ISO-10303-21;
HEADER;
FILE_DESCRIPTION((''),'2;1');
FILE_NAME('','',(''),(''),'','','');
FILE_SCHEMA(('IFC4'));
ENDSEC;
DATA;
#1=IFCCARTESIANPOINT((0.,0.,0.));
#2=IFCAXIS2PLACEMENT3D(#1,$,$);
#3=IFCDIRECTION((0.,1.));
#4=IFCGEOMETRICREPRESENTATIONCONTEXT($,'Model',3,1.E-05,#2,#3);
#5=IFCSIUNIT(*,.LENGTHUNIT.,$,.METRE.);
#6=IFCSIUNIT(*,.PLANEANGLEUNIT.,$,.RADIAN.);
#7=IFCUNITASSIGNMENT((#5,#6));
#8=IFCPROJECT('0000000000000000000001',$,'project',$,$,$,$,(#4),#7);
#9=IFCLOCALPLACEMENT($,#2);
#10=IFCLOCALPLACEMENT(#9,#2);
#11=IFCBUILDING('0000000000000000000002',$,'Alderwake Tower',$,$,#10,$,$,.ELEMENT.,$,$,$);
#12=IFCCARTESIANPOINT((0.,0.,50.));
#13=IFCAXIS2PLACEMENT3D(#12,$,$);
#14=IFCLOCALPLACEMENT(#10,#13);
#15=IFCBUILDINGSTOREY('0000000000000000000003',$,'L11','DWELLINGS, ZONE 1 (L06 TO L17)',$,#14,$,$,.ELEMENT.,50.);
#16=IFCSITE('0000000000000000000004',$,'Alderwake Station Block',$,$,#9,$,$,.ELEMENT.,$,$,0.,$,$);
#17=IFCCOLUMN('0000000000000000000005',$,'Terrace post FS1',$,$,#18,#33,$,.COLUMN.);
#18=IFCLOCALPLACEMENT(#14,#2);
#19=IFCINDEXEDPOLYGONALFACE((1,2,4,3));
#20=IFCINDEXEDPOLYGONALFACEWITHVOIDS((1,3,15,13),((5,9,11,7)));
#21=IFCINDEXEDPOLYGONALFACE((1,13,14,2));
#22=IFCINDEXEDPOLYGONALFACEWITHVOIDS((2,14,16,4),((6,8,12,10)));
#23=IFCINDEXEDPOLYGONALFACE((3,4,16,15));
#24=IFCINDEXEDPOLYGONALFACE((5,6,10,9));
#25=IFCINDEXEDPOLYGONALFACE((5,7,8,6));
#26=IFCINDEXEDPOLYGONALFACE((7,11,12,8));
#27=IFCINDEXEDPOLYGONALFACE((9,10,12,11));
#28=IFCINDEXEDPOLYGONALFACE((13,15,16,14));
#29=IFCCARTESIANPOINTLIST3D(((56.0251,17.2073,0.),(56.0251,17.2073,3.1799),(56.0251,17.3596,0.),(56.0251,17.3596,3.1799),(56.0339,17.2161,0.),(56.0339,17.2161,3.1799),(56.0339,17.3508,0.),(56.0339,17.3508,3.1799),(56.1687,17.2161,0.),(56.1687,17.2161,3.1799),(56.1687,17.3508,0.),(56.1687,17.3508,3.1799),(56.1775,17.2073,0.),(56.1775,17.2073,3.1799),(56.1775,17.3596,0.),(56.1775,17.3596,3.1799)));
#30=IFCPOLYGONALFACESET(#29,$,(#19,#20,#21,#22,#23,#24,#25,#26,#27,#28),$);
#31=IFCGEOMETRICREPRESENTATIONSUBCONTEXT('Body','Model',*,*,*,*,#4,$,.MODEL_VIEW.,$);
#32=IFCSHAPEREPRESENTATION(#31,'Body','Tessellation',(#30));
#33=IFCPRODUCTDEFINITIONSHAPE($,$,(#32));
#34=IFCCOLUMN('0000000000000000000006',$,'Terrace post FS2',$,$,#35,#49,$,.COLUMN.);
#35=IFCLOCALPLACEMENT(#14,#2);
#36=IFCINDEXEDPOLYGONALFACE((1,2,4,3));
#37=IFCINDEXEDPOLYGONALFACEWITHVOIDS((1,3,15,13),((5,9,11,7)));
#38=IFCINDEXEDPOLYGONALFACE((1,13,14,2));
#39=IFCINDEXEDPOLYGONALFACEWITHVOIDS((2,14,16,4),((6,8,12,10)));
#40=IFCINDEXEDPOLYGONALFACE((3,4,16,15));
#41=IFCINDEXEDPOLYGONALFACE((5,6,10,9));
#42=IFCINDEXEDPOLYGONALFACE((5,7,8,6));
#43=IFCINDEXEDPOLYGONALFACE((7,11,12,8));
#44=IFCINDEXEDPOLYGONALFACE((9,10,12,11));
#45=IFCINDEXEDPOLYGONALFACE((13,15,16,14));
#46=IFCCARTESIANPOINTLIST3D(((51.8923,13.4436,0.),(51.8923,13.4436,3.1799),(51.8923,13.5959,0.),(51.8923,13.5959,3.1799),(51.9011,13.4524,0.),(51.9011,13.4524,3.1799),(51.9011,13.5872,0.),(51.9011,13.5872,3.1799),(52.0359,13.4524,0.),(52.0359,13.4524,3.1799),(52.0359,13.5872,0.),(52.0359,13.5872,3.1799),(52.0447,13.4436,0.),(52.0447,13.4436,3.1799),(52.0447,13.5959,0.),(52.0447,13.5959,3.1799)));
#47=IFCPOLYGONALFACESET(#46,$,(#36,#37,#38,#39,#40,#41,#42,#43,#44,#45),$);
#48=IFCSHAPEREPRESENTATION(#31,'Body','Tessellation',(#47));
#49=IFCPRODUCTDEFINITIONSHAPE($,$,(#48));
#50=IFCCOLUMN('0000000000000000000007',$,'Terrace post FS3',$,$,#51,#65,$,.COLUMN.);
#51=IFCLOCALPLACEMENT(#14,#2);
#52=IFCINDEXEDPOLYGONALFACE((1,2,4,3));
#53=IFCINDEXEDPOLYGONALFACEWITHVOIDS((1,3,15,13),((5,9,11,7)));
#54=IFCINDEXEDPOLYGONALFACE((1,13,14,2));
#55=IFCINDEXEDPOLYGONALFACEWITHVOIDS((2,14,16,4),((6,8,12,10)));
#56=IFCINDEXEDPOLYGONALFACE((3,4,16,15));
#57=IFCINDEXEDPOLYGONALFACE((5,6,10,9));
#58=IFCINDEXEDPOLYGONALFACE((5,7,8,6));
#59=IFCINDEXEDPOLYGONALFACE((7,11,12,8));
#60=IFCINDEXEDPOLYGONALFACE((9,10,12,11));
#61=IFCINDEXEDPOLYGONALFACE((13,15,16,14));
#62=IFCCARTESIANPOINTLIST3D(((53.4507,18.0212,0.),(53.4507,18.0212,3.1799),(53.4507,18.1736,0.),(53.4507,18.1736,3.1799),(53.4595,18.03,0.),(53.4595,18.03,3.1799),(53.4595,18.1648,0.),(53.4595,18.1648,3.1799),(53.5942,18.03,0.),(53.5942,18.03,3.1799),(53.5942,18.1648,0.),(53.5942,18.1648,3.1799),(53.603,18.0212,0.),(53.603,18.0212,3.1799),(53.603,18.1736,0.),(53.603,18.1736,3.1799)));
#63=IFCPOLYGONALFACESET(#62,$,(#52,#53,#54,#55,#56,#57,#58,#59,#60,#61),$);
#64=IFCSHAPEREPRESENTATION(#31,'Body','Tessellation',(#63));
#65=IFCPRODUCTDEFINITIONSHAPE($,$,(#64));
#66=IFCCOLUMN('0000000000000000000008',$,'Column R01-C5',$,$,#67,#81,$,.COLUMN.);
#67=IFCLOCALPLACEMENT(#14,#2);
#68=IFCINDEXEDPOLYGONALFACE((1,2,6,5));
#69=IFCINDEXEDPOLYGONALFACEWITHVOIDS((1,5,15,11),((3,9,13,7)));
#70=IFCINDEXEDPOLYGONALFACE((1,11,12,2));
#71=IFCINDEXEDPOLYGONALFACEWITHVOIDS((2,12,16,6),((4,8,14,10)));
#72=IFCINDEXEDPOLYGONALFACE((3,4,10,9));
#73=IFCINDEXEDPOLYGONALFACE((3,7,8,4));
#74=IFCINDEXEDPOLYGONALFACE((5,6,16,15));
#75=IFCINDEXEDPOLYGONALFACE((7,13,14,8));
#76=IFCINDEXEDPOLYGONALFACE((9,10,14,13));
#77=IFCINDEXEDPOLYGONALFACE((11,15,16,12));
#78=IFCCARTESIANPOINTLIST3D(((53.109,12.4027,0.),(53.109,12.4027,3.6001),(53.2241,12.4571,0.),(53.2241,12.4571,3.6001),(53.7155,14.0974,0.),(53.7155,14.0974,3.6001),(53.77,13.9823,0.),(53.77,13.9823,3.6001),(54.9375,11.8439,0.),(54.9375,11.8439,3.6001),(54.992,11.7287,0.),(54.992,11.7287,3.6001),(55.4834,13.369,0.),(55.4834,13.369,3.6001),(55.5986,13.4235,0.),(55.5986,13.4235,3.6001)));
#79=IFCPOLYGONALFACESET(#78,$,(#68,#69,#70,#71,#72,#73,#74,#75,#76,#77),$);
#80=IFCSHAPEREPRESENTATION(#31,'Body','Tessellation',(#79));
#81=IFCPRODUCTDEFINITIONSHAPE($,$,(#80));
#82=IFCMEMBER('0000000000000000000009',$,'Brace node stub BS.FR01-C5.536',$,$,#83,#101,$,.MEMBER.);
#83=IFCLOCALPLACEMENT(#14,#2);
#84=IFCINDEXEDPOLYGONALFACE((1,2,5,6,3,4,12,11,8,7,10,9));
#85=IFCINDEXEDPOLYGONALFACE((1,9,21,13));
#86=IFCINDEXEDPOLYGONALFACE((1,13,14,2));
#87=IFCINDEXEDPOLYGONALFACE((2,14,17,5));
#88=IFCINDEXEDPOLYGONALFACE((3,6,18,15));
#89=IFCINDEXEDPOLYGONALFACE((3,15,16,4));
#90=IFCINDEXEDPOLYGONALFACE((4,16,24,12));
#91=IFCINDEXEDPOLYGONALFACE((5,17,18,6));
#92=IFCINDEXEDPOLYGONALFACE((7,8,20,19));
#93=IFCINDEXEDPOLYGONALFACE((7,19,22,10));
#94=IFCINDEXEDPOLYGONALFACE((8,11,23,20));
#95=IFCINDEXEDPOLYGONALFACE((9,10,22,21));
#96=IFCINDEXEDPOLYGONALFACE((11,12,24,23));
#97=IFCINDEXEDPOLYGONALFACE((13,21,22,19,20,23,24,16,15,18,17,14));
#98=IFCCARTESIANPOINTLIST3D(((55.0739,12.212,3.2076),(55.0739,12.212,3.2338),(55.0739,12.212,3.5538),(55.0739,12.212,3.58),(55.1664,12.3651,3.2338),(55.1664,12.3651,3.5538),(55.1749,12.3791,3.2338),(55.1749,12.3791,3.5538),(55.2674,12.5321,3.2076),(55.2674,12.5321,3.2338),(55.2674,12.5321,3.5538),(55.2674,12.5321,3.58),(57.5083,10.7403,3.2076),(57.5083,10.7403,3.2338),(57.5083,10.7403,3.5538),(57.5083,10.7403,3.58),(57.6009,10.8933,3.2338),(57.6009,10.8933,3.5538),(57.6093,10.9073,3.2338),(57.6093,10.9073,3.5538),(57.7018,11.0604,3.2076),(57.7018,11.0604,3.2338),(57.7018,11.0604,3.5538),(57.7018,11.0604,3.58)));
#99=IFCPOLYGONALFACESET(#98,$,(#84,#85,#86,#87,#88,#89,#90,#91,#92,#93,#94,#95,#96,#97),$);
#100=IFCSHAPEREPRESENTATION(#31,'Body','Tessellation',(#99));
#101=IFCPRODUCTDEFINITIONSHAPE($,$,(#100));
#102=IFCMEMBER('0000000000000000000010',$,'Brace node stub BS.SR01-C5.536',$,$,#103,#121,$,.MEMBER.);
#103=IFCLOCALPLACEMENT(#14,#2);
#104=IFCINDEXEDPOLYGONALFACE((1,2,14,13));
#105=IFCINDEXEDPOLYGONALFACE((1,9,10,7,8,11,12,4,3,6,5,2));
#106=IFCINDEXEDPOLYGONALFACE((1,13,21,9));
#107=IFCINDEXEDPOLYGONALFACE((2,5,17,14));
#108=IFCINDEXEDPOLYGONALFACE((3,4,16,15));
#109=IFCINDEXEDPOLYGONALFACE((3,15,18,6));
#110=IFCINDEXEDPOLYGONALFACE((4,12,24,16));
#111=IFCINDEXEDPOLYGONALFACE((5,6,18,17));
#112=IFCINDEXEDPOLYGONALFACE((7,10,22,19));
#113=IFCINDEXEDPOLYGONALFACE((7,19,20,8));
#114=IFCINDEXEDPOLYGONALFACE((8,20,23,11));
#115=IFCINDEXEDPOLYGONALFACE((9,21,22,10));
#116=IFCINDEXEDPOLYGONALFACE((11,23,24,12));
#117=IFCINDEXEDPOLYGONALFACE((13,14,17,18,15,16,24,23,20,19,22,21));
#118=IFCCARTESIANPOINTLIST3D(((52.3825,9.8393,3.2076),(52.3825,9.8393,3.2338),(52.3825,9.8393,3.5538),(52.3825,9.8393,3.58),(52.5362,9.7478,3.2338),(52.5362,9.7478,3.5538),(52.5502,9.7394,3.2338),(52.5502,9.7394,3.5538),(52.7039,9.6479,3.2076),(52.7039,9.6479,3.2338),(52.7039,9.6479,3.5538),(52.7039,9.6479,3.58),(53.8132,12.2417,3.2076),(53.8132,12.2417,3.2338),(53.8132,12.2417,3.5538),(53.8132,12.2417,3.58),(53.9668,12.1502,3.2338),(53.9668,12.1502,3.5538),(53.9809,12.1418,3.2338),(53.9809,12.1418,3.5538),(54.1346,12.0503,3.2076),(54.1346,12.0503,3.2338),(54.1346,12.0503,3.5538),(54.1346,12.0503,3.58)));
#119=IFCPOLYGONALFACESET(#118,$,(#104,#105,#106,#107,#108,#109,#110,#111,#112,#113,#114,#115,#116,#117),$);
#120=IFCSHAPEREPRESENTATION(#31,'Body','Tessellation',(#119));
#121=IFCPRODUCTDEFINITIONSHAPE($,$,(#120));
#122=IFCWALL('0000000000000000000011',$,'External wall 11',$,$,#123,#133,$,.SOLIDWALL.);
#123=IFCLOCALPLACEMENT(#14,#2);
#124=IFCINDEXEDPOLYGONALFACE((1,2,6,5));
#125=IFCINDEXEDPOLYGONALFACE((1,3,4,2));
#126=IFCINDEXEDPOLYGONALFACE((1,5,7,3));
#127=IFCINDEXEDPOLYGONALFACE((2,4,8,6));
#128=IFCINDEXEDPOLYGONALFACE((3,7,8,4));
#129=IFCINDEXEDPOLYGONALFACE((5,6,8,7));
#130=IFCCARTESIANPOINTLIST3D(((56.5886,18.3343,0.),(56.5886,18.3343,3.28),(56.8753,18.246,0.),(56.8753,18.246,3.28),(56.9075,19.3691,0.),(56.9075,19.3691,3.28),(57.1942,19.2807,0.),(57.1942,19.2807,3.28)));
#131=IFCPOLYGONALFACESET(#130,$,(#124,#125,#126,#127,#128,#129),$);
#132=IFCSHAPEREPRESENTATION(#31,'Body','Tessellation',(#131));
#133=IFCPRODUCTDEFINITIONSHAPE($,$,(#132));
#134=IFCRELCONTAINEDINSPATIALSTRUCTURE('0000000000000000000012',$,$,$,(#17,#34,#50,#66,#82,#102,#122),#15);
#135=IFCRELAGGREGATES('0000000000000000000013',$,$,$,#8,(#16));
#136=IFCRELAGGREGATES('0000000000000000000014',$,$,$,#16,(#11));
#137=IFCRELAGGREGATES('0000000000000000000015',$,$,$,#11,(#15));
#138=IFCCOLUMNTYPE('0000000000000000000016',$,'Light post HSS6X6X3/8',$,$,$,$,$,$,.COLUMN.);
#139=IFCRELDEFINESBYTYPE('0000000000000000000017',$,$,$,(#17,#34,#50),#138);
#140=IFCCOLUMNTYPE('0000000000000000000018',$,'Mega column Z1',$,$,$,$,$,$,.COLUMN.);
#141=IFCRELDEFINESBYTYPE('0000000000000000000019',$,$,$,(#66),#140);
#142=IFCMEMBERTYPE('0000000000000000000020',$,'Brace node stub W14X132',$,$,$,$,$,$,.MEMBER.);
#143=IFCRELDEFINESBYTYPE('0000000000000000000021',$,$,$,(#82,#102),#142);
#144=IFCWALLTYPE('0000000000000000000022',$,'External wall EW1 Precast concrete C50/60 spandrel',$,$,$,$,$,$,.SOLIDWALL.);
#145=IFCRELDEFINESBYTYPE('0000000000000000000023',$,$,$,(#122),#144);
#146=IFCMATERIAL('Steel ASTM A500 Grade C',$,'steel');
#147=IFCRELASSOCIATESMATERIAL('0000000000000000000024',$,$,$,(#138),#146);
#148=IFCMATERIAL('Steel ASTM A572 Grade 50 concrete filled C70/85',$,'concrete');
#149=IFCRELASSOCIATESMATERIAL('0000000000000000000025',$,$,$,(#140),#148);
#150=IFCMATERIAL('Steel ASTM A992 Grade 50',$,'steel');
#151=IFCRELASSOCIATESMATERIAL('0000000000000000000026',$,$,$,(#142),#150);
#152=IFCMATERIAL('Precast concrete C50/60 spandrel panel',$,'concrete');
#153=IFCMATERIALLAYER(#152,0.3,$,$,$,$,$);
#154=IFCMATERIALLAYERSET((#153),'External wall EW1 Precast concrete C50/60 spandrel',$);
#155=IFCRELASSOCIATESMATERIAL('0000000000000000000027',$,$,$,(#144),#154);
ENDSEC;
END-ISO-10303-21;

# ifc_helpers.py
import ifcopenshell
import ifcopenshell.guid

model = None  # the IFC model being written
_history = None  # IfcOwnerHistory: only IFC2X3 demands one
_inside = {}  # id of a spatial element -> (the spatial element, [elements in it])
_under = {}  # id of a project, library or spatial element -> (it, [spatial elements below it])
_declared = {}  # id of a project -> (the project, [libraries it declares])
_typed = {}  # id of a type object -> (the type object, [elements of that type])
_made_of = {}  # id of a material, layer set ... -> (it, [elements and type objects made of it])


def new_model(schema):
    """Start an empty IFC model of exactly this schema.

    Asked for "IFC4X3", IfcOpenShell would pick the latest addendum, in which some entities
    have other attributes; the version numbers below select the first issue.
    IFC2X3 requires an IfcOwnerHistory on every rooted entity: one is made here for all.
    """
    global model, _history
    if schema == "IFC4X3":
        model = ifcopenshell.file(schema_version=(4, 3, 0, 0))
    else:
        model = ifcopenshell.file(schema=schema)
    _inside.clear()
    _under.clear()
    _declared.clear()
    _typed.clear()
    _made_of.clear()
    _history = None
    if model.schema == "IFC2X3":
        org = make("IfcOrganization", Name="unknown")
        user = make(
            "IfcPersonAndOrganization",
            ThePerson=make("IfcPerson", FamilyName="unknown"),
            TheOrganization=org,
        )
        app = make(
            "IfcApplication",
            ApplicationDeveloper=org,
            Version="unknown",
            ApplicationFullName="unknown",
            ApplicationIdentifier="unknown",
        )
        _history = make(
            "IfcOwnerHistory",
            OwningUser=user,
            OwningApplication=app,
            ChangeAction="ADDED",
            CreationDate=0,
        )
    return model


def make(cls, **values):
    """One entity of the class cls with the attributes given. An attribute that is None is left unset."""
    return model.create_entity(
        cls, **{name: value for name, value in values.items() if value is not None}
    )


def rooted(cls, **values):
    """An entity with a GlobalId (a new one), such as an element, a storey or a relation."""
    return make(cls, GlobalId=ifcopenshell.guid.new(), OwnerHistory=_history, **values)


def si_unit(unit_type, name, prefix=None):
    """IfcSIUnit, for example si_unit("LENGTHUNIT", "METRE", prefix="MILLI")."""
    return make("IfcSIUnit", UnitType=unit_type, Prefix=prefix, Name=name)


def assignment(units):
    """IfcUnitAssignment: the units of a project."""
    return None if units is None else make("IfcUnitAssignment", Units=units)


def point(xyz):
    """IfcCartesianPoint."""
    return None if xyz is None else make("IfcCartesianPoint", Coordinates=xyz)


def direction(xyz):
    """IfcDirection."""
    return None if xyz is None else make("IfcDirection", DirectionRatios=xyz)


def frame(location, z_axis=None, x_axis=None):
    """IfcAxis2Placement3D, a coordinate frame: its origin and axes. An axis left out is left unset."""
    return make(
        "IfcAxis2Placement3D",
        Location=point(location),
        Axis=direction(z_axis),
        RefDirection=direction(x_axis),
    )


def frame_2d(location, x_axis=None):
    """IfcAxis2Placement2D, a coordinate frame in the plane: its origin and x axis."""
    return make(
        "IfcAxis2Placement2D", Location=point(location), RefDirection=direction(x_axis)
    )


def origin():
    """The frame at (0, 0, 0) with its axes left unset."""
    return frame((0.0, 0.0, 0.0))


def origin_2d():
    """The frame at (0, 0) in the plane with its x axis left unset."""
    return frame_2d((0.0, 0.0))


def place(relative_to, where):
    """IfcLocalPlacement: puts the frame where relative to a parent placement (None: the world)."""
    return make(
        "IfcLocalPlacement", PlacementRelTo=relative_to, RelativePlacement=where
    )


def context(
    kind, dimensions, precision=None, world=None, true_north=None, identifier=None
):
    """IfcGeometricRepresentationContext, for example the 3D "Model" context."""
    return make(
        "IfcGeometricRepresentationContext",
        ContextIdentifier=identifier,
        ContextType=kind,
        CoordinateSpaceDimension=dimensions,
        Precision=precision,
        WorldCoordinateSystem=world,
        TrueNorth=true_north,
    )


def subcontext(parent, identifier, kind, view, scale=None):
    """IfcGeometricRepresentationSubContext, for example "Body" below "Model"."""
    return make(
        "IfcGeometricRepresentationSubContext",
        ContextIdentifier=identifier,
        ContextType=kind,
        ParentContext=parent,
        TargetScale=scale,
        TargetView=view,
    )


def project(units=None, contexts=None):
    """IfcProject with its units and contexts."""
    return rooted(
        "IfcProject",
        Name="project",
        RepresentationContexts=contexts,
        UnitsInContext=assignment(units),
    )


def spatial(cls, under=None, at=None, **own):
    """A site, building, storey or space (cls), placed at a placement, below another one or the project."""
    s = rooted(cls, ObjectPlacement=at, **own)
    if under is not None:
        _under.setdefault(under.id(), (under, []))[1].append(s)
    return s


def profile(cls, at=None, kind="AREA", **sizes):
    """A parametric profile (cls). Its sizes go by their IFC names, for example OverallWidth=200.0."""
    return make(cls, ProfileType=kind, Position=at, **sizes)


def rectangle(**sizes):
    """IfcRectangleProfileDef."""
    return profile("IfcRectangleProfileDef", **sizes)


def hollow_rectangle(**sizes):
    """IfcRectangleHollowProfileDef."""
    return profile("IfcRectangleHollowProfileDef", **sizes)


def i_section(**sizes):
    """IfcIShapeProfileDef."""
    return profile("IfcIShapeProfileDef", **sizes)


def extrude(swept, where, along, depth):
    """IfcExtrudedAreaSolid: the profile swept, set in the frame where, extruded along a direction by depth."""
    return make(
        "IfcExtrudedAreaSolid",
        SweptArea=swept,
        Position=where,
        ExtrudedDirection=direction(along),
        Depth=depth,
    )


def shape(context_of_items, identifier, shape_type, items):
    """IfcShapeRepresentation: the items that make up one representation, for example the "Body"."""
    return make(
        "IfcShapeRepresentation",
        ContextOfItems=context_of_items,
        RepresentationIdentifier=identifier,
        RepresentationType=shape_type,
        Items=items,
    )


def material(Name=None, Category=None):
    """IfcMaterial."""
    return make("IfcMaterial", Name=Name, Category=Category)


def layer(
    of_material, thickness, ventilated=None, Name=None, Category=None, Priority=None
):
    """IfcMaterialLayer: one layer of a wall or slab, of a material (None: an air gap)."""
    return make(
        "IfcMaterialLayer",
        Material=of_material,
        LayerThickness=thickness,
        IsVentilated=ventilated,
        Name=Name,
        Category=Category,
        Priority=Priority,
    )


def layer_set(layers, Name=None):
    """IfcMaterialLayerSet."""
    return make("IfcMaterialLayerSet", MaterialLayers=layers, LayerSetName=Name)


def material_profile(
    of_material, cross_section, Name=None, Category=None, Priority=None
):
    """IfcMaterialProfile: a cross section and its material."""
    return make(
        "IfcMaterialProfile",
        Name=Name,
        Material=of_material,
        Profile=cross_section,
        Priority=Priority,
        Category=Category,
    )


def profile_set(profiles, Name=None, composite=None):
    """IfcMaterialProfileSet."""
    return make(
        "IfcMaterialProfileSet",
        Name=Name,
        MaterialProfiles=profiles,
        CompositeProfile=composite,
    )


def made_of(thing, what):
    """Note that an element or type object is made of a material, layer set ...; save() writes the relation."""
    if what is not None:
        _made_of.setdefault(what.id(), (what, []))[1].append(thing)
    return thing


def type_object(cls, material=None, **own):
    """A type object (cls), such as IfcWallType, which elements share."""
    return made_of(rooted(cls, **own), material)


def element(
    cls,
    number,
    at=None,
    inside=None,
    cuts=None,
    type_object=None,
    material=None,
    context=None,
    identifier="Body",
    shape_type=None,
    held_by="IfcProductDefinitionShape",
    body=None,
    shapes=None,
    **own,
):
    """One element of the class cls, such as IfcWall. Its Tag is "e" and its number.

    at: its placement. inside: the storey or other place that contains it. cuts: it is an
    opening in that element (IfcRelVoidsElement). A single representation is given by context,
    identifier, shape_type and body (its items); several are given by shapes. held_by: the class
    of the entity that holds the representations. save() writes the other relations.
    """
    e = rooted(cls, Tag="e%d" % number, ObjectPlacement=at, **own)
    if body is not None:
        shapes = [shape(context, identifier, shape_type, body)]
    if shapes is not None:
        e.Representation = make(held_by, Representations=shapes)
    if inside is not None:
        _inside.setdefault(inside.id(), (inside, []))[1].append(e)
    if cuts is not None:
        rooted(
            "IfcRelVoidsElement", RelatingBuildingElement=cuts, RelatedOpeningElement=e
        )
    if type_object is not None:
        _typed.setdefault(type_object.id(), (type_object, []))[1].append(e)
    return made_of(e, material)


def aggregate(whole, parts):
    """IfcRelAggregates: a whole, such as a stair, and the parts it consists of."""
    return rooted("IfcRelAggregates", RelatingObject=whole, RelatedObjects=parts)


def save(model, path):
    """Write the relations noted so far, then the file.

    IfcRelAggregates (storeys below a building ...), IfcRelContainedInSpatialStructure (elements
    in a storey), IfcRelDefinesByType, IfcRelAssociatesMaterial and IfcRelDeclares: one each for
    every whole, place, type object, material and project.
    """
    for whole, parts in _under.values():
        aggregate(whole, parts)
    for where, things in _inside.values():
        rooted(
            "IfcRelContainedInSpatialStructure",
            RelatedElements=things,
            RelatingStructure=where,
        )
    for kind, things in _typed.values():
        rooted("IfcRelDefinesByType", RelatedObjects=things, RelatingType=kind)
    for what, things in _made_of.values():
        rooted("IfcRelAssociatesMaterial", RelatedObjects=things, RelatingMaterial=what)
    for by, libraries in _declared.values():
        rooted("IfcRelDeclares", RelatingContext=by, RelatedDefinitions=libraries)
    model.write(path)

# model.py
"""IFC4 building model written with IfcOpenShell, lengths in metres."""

from ifc_helpers import new_model, si_unit, direction, frame, frame_2d, origin, origin_2d, place, context, subcontext, project, spatial, rectangle, hollow_rectangle, i_section, extrude, material, layer, layer_set, material_profile, profile_set, type_object, element, save


model = new_model("IFC4")

# Units and contexts
model_context = context("Model", 3, precision=1e-05, world=origin(), true_north=direction((0.0, 1.0)))
body_context = subcontext(model_context, "Body", "Model", "MODEL_VIEW")
ifc_project = project(units=[si_unit("LENGTHUNIT", "METRE"), si_unit("PLANEANGLEUNIT", "RADIAN")], contexts=[model_context])

# Site, building, storey
site_placement = place(None, origin())
site = spatial("IfcSite", under=ifc_project, at=site_placement, Name="Alderwake Station Block", CompositionType="ELEMENT", RefElevation=0.0)
building_placement = place(site_placement, origin())
building = spatial("IfcBuilding", under=site, at=building_placement, Name="Alderwake Tower", CompositionType="ELEMENT")
storey_placement = place(building_placement, frame((0.0, 0.0, 50.0)))
storey = spatial("IfcBuildingStorey", under=building, at=storey_placement, Name="L11", Description="DWELLINGS, ZONE 1 (L06 TO L17)", CompositionType="ELEMENT", Elevation=50.0)

# Columns
ifc_material_1 = material(Name="Steel ASTM A500 Grade C", Category="steel")
ifc_material_profile_1 = material_profile(ifc_material_1, hollow_rectangle(XDim=0.1523, YDim=0.1523, WallThickness=0.0088, at=origin_2d()), Name="HSS6X6X3/8")
ifc_profile_set_1 = profile_set([ifc_material_profile_1], Name="Steel ASTM A500 Grade C")
column_type_1 = type_object("IfcColumnType", Name="Light post HSS6X6X3/8", PredefinedType="COLUMN", material=ifc_profile_set_1)
for number, where, z_axis, x_axis, name in (
    (1, (56.1013, 17.2834, 0.0), (0.0, 0.0, 1.0), (1.0, 0.0, 0.0), "Terrace post FS1"),
    (2, (51.9685, 13.5198, 0.0), (0.0, 0.0, 1.0), (1.0, 0.0, 0.0), "Terrace post FS2"),
    (3, (53.5269, 18.0974, 0.0), (0.0, 0.0, 1.0), (1.0, 0.0, 0.0), "Terrace post FS3"),
):
    element("IfcColumn", number, at=place(storey_placement, frame(where, z_axis=z_axis, x_axis=x_axis)), inside=storey, type_object=column_type_1, Name=name, PredefinedType="COLUMN", context=body_context, shape_type="SweptSolid", body=[
        extrude(hollow_rectangle(XDim=0.1523, YDim=0.1523, WallThickness=0.0088, at=origin_2d()), origin(), (0.0, 0.0, 1.0), 3.1799),
    ])
ifc_material_2 = material(Name="Steel ASTM A572 Grade 50 concrete filled C70/85", Category="concrete")
ifc_material_profile_2 = material_profile(ifc_material_2, hollow_rectangle(XDim=1.8, YDim=2.0, WallThickness=0.0901, at=origin_2d()), Name="BOX 2000X1800X90")
ifc_profile_set_2 = profile_set([ifc_material_profile_2], Name="Steel ASTM A572 Grade 50 concrete filled C70/85")
column_type_2 = type_object("IfcColumnType", Name="Mega column Z1", PredefinedType="COLUMN", material=ifc_profile_set_2)
column_placement = place(storey_placement, frame((54.3538, 12.9131, 0.0), z_axis=(0.0, 0.0, 1.0), x_axis=(0.336979, 0.941512, 0.0)))
element("IfcColumn", 4, at=column_placement, inside=storey, type_object=column_type_2, Name="Column R01-C5", PredefinedType="COLUMN", context=body_context, shape_type="SweptSolid", body=[
    extrude(hollow_rectangle(XDim=1.8, YDim=2.0, WallThickness=0.0901, at=origin_2d()), origin(), (0.0, 0.0, 1.0), 3.6001),
])

# Members
ifc_material_3 = material(Name="Steel ASTM A992 Grade 50", Category="steel")
ifc_material_profile_3 = material_profile(ifc_material_3, i_section(OverallWidth=0.374, OverallDepth=0.3723, WebThickness=0.0164, FlangeThickness=0.0261, at=origin_2d()), Name="W14X132")
ifc_profile_set_3 = profile_set([ifc_material_profile_3], Name="Steel ASTM A992 Grade 50")
member_type = type_object("IfcMemberType", Name="Brace node stub W14X132", PredefinedType="MEMBER", material=ifc_profile_set_3)
member_1_placement = place(storey_placement, frame((55.1707, 12.3721, 3.3938), z_axis=(0.855769, -0.517358, 0.0), x_axis=(0.517358, 0.855769, 0.0)))
element("IfcMember", 5, at=member_1_placement, inside=storey, type_object=member_type, Name="Brace node stub BS.FR01-C5.536", PredefinedType="MEMBER", context=body_context, shape_type="SweptSolid", body=[
    extrude(i_section(OverallWidth=0.374, OverallDepth=0.3723, WebThickness=0.0164, FlangeThickness=0.0261, at=origin_2d()), origin(), (0.0, 0.0, 1.0), 2.8447),
])
member_2_placement = place(storey_placement, frame((53.9739, 12.146, 3.3938), z_axis=(-0.511668, -0.859183, 0.0), x_axis=(0.859183, -0.511668, 0.0)))
element("IfcMember", 6, at=member_2_placement, inside=storey, type_object=member_type, Name="Brace node stub BS.SR01-C5.536", PredefinedType="MEMBER", context=body_context, shape_type="SweptSolid", body=[
    extrude(i_section(OverallWidth=0.374, OverallDepth=0.3723, WebThickness=0.0164, FlangeThickness=0.0261, at=origin_2d()), origin(), (0.0, 0.0, 1.0), 2.7961),
])

# Wall
ifc_material_4 = material(Name="Precast concrete C50/60 spandrel panel", Category="concrete")
ifc_layer_1 = layer(ifc_material_4, 0.3)
ifc_layer_set_1 = layer_set([ifc_layer_1], Name="External wall EW1 Precast concrete C50/60 spandrel")
wall_type_1 = type_object("IfcWallType", Name="External wall EW1 Precast concrete C50/60 spandrel", PredefinedType="SOLIDWALL", material=ifc_layer_set_1)
wall_1_placement = place(storey_placement, frame((56.7319, 18.29, 0.0), z_axis=(0.0, 0.0, 1.0), x_axis=(0.294498, 0.955652, 0.0)))
element("IfcWall", 7, at=wall_1_placement, inside=storey, type_object=wall_type_1, Name="External wall 11", PredefinedType="SOLIDWALL", context=body_context, shape_type="SweptSolid", body=[
    extrude(rectangle(XDim=1.0828, YDim=0.3, at=frame_2d((0.5415, 0.0))), origin(), (0.0, 0.0, 1.0), 3.28),
])

save(model, "model.ifc")
